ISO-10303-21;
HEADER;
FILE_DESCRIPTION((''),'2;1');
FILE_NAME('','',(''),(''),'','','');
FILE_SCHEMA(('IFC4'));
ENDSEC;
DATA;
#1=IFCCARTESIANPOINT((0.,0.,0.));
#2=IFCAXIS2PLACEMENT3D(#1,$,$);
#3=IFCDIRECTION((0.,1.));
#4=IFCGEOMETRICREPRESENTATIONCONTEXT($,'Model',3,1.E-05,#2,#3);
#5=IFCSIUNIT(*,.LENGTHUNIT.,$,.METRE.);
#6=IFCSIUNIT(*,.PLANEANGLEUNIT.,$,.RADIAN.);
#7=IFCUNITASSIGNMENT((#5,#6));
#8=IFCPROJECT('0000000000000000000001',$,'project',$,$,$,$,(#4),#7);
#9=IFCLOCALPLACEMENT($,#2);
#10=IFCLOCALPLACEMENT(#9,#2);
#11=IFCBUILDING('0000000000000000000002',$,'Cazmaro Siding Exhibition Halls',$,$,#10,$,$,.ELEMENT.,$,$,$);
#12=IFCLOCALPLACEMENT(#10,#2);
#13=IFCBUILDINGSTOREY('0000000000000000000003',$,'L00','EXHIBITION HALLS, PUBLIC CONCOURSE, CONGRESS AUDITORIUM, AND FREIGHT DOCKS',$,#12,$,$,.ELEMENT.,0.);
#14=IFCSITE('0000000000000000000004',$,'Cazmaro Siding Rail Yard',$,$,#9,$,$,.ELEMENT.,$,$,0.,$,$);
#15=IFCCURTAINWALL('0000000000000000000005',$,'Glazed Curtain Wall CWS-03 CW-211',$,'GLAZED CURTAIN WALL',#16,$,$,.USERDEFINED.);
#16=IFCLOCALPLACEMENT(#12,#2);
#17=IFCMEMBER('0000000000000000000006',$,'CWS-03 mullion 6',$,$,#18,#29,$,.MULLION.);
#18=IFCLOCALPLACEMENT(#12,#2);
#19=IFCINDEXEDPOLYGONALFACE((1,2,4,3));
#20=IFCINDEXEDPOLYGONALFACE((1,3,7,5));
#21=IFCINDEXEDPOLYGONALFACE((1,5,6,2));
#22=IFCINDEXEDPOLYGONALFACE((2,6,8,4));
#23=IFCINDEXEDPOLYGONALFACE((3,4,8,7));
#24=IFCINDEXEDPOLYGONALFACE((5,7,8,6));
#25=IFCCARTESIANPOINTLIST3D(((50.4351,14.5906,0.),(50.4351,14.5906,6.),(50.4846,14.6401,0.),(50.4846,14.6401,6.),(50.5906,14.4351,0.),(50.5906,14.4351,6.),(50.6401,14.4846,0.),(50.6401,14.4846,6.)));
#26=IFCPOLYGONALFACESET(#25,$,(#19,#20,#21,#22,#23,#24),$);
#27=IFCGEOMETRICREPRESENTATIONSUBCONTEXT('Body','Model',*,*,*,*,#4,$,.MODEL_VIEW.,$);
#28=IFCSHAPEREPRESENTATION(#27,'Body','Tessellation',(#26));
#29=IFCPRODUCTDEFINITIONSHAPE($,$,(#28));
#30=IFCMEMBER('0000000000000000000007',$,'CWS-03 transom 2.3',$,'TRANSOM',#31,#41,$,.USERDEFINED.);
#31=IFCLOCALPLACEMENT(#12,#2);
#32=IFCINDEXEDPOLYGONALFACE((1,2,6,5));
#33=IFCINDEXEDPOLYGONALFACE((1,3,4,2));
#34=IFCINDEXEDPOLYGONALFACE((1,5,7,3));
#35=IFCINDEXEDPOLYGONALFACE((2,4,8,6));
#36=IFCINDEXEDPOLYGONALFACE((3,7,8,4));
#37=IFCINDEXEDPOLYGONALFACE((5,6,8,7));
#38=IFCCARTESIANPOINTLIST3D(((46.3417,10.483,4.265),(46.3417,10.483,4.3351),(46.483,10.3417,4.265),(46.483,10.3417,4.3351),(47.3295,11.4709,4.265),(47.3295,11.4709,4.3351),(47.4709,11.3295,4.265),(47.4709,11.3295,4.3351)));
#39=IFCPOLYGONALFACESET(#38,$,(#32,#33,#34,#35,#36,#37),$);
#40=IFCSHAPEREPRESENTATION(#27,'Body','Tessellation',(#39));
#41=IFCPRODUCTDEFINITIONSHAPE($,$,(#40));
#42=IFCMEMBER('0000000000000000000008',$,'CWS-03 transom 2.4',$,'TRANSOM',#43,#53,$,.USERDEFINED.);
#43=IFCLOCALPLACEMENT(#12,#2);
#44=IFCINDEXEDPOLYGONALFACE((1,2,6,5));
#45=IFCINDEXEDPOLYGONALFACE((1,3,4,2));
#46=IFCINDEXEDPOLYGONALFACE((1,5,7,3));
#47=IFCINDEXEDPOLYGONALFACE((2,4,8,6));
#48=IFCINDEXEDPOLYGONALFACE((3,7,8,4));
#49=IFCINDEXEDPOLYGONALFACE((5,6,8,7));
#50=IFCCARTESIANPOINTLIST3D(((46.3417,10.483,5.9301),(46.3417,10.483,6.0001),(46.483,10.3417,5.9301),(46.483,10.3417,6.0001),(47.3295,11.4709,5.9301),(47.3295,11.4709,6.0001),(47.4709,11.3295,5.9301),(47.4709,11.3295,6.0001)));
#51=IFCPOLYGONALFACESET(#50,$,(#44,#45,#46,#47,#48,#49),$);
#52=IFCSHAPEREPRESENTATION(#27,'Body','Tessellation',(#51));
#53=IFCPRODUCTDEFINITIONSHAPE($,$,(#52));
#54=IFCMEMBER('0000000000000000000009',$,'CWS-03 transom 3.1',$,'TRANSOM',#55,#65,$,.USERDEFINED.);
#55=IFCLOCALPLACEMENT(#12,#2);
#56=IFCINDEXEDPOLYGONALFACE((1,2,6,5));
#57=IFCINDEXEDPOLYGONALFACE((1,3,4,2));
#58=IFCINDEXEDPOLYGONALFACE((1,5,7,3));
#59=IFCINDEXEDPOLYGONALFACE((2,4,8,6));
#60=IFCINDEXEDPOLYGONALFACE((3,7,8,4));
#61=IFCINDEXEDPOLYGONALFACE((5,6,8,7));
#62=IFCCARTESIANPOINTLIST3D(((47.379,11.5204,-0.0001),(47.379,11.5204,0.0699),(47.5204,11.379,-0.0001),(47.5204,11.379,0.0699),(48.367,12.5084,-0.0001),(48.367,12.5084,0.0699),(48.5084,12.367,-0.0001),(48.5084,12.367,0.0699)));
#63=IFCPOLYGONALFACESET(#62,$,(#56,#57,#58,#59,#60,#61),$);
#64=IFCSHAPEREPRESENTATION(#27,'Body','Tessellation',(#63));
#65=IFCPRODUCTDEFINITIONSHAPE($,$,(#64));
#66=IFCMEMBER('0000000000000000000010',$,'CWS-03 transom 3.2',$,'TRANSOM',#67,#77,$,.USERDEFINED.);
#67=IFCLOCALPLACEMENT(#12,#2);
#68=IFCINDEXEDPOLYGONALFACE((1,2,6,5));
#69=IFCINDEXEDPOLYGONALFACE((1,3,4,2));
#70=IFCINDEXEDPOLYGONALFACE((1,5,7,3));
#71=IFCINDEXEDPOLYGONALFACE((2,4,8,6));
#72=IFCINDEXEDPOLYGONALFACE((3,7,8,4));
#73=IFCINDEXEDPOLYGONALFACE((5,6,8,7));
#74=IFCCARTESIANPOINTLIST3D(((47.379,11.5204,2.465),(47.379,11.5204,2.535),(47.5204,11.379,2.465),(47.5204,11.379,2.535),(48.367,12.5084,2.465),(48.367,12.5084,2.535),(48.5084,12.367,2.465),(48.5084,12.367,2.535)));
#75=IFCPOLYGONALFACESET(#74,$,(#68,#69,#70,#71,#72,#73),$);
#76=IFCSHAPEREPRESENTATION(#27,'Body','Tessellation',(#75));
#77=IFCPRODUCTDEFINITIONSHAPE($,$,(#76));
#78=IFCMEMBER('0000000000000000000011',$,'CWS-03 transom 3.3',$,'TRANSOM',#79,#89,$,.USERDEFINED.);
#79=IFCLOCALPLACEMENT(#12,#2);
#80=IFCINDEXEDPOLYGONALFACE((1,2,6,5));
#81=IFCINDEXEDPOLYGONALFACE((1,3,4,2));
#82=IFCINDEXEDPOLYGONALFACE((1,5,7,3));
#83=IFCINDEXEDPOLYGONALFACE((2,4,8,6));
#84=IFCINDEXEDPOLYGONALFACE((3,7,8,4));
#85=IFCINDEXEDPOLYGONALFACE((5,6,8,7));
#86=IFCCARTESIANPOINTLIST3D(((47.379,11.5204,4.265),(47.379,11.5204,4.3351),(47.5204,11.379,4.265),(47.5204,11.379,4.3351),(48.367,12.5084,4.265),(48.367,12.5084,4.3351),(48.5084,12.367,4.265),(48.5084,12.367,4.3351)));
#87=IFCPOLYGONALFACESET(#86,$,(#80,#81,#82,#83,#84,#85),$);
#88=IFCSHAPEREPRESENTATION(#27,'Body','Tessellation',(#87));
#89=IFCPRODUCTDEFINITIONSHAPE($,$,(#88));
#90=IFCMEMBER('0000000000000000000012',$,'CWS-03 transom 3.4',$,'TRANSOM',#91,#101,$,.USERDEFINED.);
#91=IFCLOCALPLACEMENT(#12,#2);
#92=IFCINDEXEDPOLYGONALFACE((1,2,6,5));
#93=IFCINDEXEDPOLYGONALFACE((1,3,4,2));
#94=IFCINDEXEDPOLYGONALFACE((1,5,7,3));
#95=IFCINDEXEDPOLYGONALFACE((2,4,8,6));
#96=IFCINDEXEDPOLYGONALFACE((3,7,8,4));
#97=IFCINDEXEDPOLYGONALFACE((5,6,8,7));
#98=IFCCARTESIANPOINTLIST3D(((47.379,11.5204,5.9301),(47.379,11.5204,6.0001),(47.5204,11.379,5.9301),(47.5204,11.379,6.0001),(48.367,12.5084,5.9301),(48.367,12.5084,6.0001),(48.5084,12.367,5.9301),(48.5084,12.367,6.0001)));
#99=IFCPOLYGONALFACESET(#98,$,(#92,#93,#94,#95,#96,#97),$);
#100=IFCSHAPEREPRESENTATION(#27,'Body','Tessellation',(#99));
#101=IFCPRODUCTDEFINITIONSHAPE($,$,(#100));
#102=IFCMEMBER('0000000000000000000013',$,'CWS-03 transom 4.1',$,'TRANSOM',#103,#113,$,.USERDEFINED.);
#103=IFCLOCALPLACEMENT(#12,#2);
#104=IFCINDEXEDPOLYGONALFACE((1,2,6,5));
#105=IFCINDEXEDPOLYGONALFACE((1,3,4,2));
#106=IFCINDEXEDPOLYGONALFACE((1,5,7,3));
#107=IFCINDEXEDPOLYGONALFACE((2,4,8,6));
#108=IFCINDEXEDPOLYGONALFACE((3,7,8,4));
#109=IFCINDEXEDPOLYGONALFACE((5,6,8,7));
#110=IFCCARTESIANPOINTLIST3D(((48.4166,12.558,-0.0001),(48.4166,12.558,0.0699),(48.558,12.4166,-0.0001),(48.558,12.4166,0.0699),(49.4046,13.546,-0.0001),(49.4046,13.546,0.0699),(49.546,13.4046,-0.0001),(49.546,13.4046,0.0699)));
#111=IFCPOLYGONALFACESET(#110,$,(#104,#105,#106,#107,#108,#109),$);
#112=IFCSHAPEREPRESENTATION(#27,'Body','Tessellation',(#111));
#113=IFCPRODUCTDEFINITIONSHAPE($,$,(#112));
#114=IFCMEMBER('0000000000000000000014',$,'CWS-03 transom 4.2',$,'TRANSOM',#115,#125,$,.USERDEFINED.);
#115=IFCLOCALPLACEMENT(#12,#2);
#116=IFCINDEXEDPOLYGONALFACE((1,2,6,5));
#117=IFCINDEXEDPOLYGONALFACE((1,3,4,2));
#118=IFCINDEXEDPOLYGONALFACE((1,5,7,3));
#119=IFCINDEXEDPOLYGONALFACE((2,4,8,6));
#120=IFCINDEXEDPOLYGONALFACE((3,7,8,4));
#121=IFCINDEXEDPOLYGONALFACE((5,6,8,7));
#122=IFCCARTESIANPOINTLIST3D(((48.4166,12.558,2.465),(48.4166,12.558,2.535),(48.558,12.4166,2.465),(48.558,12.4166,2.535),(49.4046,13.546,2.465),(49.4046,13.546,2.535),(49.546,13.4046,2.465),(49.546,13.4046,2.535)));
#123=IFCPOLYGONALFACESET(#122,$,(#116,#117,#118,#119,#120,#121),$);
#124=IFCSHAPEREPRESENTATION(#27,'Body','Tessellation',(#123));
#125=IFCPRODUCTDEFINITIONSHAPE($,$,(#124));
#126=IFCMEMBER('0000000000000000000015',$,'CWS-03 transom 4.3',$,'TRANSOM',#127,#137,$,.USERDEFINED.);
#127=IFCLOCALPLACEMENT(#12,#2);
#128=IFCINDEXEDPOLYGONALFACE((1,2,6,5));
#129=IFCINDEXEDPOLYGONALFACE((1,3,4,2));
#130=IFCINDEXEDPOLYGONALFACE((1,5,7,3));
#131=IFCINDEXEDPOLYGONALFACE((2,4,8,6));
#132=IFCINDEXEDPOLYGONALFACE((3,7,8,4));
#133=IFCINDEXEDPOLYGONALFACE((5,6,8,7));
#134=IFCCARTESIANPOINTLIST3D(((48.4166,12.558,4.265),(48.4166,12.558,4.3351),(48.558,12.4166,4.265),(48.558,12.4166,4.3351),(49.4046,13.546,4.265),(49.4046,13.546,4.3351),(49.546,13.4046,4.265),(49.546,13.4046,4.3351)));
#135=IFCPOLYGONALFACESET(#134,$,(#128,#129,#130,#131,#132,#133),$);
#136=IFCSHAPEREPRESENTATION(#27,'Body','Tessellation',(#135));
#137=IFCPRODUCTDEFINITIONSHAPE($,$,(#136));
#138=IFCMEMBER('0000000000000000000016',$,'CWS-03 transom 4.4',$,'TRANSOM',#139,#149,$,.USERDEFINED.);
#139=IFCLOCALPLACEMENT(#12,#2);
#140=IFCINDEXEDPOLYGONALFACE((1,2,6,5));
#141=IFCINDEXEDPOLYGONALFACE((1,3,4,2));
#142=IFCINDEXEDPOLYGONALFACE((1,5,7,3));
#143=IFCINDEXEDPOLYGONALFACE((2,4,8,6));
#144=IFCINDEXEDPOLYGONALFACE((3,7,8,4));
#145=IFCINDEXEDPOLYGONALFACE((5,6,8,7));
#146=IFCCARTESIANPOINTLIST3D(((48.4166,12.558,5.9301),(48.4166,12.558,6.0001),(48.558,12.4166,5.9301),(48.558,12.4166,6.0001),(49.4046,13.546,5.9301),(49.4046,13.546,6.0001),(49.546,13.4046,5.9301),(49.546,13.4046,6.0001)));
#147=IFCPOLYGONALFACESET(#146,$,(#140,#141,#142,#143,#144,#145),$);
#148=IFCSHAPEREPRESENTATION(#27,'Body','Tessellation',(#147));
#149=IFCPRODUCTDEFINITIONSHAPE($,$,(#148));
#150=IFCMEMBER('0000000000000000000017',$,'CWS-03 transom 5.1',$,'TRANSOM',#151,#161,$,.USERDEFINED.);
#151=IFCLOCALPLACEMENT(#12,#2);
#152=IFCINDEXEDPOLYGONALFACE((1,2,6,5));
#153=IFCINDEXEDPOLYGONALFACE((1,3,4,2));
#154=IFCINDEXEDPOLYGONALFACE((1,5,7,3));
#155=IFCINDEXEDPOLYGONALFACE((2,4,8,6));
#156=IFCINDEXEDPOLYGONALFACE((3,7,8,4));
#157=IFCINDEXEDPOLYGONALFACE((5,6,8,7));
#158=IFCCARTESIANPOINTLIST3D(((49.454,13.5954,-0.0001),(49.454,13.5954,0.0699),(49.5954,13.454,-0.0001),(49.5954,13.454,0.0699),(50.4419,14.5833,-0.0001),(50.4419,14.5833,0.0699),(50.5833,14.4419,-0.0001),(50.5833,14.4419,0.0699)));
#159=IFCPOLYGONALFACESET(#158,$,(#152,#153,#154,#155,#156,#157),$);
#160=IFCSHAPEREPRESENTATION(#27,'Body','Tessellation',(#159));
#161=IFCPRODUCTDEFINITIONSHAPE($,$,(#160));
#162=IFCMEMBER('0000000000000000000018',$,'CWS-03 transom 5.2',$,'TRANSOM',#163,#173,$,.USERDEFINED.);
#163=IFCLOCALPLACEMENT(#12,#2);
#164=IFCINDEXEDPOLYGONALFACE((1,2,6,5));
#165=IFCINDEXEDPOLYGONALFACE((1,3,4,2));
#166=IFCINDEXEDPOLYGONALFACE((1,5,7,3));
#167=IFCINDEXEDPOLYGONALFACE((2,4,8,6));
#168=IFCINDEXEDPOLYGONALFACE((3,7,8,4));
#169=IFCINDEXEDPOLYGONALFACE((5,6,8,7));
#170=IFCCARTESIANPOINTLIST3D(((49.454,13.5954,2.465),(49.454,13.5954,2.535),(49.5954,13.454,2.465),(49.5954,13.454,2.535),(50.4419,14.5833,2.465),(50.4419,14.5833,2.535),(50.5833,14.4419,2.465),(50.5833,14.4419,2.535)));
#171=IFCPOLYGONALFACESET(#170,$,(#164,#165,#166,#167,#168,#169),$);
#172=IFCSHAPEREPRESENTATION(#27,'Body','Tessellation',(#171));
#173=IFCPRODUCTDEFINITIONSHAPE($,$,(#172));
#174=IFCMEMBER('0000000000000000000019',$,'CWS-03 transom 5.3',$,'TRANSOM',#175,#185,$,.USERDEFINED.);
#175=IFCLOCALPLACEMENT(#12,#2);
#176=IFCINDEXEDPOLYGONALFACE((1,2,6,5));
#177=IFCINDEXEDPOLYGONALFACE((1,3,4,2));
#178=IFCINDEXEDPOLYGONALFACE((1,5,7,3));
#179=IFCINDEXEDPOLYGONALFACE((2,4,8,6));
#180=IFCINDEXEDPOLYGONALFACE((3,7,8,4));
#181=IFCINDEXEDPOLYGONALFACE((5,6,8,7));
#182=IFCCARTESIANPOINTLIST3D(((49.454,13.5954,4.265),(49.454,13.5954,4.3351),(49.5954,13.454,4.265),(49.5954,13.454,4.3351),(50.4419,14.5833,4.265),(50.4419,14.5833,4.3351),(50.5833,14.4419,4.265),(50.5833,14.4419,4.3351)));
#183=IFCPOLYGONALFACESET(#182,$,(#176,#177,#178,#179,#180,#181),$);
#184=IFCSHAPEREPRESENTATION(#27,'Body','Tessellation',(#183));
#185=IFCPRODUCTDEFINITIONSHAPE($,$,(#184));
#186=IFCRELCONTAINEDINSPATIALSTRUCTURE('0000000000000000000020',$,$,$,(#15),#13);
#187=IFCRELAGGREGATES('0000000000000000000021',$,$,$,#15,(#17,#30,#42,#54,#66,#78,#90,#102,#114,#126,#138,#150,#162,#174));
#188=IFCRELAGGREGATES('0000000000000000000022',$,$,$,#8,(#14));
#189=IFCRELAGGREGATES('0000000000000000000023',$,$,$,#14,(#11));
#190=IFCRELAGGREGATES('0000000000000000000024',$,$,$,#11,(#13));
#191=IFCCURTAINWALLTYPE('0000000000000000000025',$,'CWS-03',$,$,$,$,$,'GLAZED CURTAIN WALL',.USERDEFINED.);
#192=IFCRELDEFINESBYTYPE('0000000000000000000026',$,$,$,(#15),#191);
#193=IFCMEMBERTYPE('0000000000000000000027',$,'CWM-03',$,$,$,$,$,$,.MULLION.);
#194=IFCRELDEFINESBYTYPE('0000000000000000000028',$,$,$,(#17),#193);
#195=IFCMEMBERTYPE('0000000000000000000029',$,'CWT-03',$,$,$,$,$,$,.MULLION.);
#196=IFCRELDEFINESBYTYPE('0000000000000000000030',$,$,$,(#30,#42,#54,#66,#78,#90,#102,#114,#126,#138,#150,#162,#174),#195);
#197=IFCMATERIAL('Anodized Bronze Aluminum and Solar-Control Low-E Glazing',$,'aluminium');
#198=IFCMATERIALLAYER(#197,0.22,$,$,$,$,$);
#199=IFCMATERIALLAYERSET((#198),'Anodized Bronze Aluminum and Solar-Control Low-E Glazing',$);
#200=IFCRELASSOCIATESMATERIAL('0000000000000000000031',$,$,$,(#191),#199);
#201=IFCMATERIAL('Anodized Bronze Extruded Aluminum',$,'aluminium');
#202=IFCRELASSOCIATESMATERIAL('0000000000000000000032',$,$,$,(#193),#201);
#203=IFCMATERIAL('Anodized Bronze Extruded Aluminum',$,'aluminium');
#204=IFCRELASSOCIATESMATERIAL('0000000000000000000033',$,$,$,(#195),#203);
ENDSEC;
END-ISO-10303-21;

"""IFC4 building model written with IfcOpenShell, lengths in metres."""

from ifc_helpers import new_model, si_unit, direction, frame, origin, origin_2d, place, context, subcontext, project, spatial, rectangle, extrude, material, layer, layer_set, material_profile, profile_set, type_object, element, aggregate, save


model = new_model("IFC4")

# Units and contexts
model_context = context("Model", 3, precision=1e-05, world=origin(), true_north=direction((0.0, 1.0)))
body_context = subcontext(model_context, "Body", "Model", "MODEL_VIEW")
ifc_project = project(units=[si_unit("LENGTHUNIT", "METRE"), si_unit("PLANEANGLEUNIT", "RADIAN")], contexts=[model_context])

# Site, building, storey
site_placement = place(None, origin())
site = spatial("IfcSite", under=ifc_project, at=site_placement, Name="Cazmaro Siding Rail Yard", CompositionType="ELEMENT", RefElevation=0.0)
building_placement = place(site_placement, origin())
building = spatial("IfcBuilding", under=site, at=building_placement, Name="Cazmaro Siding Exhibition Halls", CompositionType="ELEMENT")
storey_placement = place(building_placement, origin())
storey = spatial("IfcBuildingStorey", under=building, at=storey_placement, Name="L00", Description="EXHIBITION HALLS, PUBLIC CONCOURSE, CONGRESS AUDITORIUM, AND FREIGHT DOCKS", CompositionType="ELEMENT", Elevation=0.0)

# Curtain wall, members
ifc_material_1 = material(Name="Anodized Bronze Aluminum and Solar-Control Low-E Glazing", Category="aluminium")
ifc_layer_1 = layer(ifc_material_1, 0.22)
ifc_layer_set_1 = layer_set([ifc_layer_1], Name="Anodized Bronze Aluminum and Solar-Control Low-E Glazing")
curtain_wall_type = type_object("IfcCurtainWallType", Name="CWS-03", ElementType="GLAZED CURTAIN WALL", PredefinedType="USERDEFINED", material=ifc_layer_set_1)
curtain_wall_placement = place(storey_placement, origin())
curtain_wall = element("IfcCurtainWall", 1, at=curtain_wall_placement, inside=storey, type_object=curtain_wall_type, Name="Glazed Curtain Wall CWS-03 CW-211", ObjectType="GLAZED CURTAIN WALL", PredefinedType="USERDEFINED")
ifc_material_2 = material(Name="Anodized Bronze Extruded Aluminum", Category="aluminium")
ifc_material_profile_1 = material_profile(ifc_material_2, rectangle(XDim=0.22, YDim=0.0701, at=origin_2d()), Name="CWM-03")
ifc_profile_set_1 = profile_set([ifc_material_profile_1], Name="Anodized Bronze Extruded Aluminum")
member_type_1 = type_object("IfcMemberType", Name="CWM-03", PredefinedType="MULLION", material=ifc_profile_set_1)
member_1_placement = place(storey_placement, frame((50.5376, 14.5376, 0.0), z_axis=(0.0, 0.0, 1.0), x_axis=(-0.707107, 0.707107, 0.0)))
member_1 = element("IfcMember", 2, at=member_1_placement, type_object=member_type_1, Name="CWS-03 mullion 6", PredefinedType="MULLION", context=body_context, shape_type="SweptSolid", body=[
    extrude(rectangle(XDim=0.22, YDim=0.0701, at=origin_2d()), origin(), (0.0, 0.0, 1.0), 6.0),
])
ifc_material_3 = material(Name="Anodized Bronze Extruded Aluminum", Category="aluminium")
ifc_material_profile_2 = material_profile(ifc_material_3, rectangle(XDim=0.2, YDim=0.0701, at=origin_2d()), Name="CWT-03")
ifc_profile_set_2 = profile_set([ifc_material_profile_2], Name="Anodized Bronze Extruded Aluminum")
member_type_2 = type_object("IfcMemberType", Name="CWT-03", PredefinedType="MULLION", material=ifc_profile_set_2)
member_2_placement = place(storey_placement, frame((46.4124, 10.4124, 4.3), z_axis=(0.707107, 0.707107, 0.0), x_axis=(-0.707107, 0.707107, 0.0)))
member_2 = element("IfcMember", 3, at=member_2_placement, type_object=member_type_2, Name="CWS-03 transom 2.3", ObjectType="TRANSOM", PredefinedType="USERDEFINED", context=body_context, shape_type="SweptSolid", body=[
    extrude(rectangle(XDim=0.2, YDim=0.0701, at=origin_2d()), origin(), (0.0, 0.0, 1.0), 1.397),
])
member_3_placement = place(storey_placement, frame((46.4124, 10.4124, 5.9651), z_axis=(0.707107, 0.707107, 0.0), x_axis=(-0.707107, 0.707107, 0.0)))
member_3 = element("IfcMember", 4, at=member_3_placement, type_object=member_type_2, Name="CWS-03 transom 2.4", ObjectType="TRANSOM", PredefinedType="USERDEFINED", context=body_context, shape_type="SweptSolid", body=[
    extrude(rectangle(XDim=0.2, YDim=0.0701, at=origin_2d()), origin(), (0.0, 0.0, 1.0), 1.397),
])
member_4_placement = place(storey_placement, frame((47.4497, 11.4497, 0.0349), z_axis=(0.707107, 0.707107, 0.0), x_axis=(-0.707107, 0.707107, 0.0)))
member_4 = element("IfcMember", 5, at=member_4_placement, type_object=member_type_2, Name="CWS-03 transom 3.1", ObjectType="TRANSOM", PredefinedType="USERDEFINED", context=body_context, shape_type="SweptSolid", body=[
    extrude(rectangle(XDim=0.2, YDim=0.0701, at=origin_2d()), origin(), (0.0, 0.0, 1.0), 1.3972),
])
member_5_placement = place(storey_placement, frame((47.4497, 11.4497, 2.5), z_axis=(0.707107, 0.707107, 0.0), x_axis=(-0.707107, 0.707107, 0.0)))
member_5 = element("IfcMember", 6, at=member_5_placement, type_object=member_type_2, Name="CWS-03 transom 3.2", ObjectType="TRANSOM", PredefinedType="USERDEFINED", context=body_context, shape_type="SweptSolid", body=[
    extrude(rectangle(XDim=0.2, YDim=0.0701, at=origin_2d()), origin(), (0.0, 0.0, 1.0), 1.3972),
])
member_6_placement = place(storey_placement, frame((47.4497, 11.4497, 4.3), z_axis=(0.707107, 0.707107, 0.0), x_axis=(-0.707107, 0.707107, 0.0)))
member_6 = element("IfcMember", 7, at=member_6_placement, type_object=member_type_2, Name="CWS-03 transom 3.3", ObjectType="TRANSOM", PredefinedType="USERDEFINED", context=body_context, shape_type="SweptSolid", body=[
    extrude(rectangle(XDim=0.2, YDim=0.0701, at=origin_2d()), origin(), (0.0, 0.0, 1.0), 1.3972),
])
member_7_placement = place(storey_placement, frame((47.4497, 11.4497, 5.9651), z_axis=(0.707107, 0.707107, 0.0), x_axis=(-0.707107, 0.707107, 0.0)))
member_7 = element("IfcMember", 8, at=member_7_placement, type_object=member_type_2, Name="CWS-03 transom 3.4", ObjectType="TRANSOM", PredefinedType="USERDEFINED", context=body_context, shape_type="SweptSolid", body=[
    extrude(rectangle(XDim=0.2, YDim=0.0701, at=origin_2d()), origin(), (0.0, 0.0, 1.0), 1.3972),
])
member_8_placement = place(storey_placement, frame((48.4873, 12.4873, 0.0349), z_axis=(0.707107, 0.707107, 0.0), x_axis=(-0.707107, 0.707107, 0.0)))
member_8 = element("IfcMember", 9, at=member_8_placement, type_object=member_type_2, Name="CWS-03 transom 4.1", ObjectType="TRANSOM", PredefinedType="USERDEFINED", context=body_context, shape_type="SweptSolid", body=[
    extrude(rectangle(XDim=0.2, YDim=0.0701, at=origin_2d()), origin(), (0.0, 0.0, 1.0), 1.3972),
])
member_9_placement = place(storey_placement, frame((48.4873, 12.4873, 2.5), z_axis=(0.707107, 0.707107, 0.0), x_axis=(-0.707107, 0.707107, 0.0)))
member_9 = element("IfcMember", 10, at=member_9_placement, type_object=member_type_2, Name="CWS-03 transom 4.2", ObjectType="TRANSOM", PredefinedType="USERDEFINED", context=body_context, shape_type="SweptSolid", body=[
    extrude(rectangle(XDim=0.2, YDim=0.0701, at=origin_2d()), origin(), (0.0, 0.0, 1.0), 1.3972),
])
member_10_placement = place(storey_placement, frame((48.4873, 12.4873, 4.3), z_axis=(0.707107, 0.707107, 0.0), x_axis=(-0.707107, 0.707107, 0.0)))
member_10 = element("IfcMember", 11, at=member_10_placement, type_object=member_type_2, Name="CWS-03 transom 4.3", ObjectType="TRANSOM", PredefinedType="USERDEFINED", context=body_context, shape_type="SweptSolid", body=[
    extrude(rectangle(XDim=0.2, YDim=0.0701, at=origin_2d()), origin(), (0.0, 0.0, 1.0), 1.3972),
])
member_11_placement = place(storey_placement, frame((48.4873, 12.4873, 5.9651), z_axis=(0.707107, 0.707107, 0.0), x_axis=(-0.707107, 0.707107, 0.0)))
member_11 = element("IfcMember", 12, at=member_11_placement, type_object=member_type_2, Name="CWS-03 transom 4.4", ObjectType="TRANSOM", PredefinedType="USERDEFINED", context=body_context, shape_type="SweptSolid", body=[
    extrude(rectangle(XDim=0.2, YDim=0.0701, at=origin_2d()), origin(), (0.0, 0.0, 1.0), 1.3972),
])
member_12_placement = place(storey_placement, frame((49.5247, 13.5247, 0.0349), z_axis=(0.707107, 0.707107, 0.0), x_axis=(-0.707107, 0.707107, 0.0)))
member_12 = element("IfcMember", 13, at=member_12_placement, type_object=member_type_2, Name="CWS-03 transom 5.1", ObjectType="TRANSOM", PredefinedType="USERDEFINED", context=body_context, shape_type="SweptSolid", body=[
    extrude(rectangle(XDim=0.2, YDim=0.0701, at=origin_2d()), origin(), (0.0, 0.0, 1.0), 1.3972),
])
member_13_placement = place(storey_placement, frame((49.5247, 13.5247, 2.5), z_axis=(0.707107, 0.707107, 0.0), x_axis=(-0.707107, 0.707107, 0.0)))
member_13 = element("IfcMember", 14, at=member_13_placement, type_object=member_type_2, Name="CWS-03 transom 5.2", ObjectType="TRANSOM", PredefinedType="USERDEFINED", context=body_context, shape_type="SweptSolid", body=[
    extrude(rectangle(XDim=0.2, YDim=0.0701, at=origin_2d()), origin(), (0.0, 0.0, 1.0), 1.3972),
])
member_14_placement = place(storey_placement, frame((49.5247, 13.5247, 4.3), z_axis=(0.707107, 0.707107, 0.0), x_axis=(-0.707107, 0.707107, 0.0)))
member_14 = element("IfcMember", 15, at=member_14_placement, type_object=member_type_2, Name="CWS-03 transom 5.3", ObjectType="TRANSOM", PredefinedType="USERDEFINED", context=body_context, shape_type="SweptSolid", body=[
    extrude(rectangle(XDim=0.2, YDim=0.0701, at=origin_2d()), origin(), (0.0, 0.0, 1.0), 1.3972),
])
aggregate(curtain_wall, [member_1, member_2, member_3, member_4, member_5, member_6, member_7, member_8, member_9, member_10, member_11, member_12, member_13, member_14])

save(model, "model.ifc")
